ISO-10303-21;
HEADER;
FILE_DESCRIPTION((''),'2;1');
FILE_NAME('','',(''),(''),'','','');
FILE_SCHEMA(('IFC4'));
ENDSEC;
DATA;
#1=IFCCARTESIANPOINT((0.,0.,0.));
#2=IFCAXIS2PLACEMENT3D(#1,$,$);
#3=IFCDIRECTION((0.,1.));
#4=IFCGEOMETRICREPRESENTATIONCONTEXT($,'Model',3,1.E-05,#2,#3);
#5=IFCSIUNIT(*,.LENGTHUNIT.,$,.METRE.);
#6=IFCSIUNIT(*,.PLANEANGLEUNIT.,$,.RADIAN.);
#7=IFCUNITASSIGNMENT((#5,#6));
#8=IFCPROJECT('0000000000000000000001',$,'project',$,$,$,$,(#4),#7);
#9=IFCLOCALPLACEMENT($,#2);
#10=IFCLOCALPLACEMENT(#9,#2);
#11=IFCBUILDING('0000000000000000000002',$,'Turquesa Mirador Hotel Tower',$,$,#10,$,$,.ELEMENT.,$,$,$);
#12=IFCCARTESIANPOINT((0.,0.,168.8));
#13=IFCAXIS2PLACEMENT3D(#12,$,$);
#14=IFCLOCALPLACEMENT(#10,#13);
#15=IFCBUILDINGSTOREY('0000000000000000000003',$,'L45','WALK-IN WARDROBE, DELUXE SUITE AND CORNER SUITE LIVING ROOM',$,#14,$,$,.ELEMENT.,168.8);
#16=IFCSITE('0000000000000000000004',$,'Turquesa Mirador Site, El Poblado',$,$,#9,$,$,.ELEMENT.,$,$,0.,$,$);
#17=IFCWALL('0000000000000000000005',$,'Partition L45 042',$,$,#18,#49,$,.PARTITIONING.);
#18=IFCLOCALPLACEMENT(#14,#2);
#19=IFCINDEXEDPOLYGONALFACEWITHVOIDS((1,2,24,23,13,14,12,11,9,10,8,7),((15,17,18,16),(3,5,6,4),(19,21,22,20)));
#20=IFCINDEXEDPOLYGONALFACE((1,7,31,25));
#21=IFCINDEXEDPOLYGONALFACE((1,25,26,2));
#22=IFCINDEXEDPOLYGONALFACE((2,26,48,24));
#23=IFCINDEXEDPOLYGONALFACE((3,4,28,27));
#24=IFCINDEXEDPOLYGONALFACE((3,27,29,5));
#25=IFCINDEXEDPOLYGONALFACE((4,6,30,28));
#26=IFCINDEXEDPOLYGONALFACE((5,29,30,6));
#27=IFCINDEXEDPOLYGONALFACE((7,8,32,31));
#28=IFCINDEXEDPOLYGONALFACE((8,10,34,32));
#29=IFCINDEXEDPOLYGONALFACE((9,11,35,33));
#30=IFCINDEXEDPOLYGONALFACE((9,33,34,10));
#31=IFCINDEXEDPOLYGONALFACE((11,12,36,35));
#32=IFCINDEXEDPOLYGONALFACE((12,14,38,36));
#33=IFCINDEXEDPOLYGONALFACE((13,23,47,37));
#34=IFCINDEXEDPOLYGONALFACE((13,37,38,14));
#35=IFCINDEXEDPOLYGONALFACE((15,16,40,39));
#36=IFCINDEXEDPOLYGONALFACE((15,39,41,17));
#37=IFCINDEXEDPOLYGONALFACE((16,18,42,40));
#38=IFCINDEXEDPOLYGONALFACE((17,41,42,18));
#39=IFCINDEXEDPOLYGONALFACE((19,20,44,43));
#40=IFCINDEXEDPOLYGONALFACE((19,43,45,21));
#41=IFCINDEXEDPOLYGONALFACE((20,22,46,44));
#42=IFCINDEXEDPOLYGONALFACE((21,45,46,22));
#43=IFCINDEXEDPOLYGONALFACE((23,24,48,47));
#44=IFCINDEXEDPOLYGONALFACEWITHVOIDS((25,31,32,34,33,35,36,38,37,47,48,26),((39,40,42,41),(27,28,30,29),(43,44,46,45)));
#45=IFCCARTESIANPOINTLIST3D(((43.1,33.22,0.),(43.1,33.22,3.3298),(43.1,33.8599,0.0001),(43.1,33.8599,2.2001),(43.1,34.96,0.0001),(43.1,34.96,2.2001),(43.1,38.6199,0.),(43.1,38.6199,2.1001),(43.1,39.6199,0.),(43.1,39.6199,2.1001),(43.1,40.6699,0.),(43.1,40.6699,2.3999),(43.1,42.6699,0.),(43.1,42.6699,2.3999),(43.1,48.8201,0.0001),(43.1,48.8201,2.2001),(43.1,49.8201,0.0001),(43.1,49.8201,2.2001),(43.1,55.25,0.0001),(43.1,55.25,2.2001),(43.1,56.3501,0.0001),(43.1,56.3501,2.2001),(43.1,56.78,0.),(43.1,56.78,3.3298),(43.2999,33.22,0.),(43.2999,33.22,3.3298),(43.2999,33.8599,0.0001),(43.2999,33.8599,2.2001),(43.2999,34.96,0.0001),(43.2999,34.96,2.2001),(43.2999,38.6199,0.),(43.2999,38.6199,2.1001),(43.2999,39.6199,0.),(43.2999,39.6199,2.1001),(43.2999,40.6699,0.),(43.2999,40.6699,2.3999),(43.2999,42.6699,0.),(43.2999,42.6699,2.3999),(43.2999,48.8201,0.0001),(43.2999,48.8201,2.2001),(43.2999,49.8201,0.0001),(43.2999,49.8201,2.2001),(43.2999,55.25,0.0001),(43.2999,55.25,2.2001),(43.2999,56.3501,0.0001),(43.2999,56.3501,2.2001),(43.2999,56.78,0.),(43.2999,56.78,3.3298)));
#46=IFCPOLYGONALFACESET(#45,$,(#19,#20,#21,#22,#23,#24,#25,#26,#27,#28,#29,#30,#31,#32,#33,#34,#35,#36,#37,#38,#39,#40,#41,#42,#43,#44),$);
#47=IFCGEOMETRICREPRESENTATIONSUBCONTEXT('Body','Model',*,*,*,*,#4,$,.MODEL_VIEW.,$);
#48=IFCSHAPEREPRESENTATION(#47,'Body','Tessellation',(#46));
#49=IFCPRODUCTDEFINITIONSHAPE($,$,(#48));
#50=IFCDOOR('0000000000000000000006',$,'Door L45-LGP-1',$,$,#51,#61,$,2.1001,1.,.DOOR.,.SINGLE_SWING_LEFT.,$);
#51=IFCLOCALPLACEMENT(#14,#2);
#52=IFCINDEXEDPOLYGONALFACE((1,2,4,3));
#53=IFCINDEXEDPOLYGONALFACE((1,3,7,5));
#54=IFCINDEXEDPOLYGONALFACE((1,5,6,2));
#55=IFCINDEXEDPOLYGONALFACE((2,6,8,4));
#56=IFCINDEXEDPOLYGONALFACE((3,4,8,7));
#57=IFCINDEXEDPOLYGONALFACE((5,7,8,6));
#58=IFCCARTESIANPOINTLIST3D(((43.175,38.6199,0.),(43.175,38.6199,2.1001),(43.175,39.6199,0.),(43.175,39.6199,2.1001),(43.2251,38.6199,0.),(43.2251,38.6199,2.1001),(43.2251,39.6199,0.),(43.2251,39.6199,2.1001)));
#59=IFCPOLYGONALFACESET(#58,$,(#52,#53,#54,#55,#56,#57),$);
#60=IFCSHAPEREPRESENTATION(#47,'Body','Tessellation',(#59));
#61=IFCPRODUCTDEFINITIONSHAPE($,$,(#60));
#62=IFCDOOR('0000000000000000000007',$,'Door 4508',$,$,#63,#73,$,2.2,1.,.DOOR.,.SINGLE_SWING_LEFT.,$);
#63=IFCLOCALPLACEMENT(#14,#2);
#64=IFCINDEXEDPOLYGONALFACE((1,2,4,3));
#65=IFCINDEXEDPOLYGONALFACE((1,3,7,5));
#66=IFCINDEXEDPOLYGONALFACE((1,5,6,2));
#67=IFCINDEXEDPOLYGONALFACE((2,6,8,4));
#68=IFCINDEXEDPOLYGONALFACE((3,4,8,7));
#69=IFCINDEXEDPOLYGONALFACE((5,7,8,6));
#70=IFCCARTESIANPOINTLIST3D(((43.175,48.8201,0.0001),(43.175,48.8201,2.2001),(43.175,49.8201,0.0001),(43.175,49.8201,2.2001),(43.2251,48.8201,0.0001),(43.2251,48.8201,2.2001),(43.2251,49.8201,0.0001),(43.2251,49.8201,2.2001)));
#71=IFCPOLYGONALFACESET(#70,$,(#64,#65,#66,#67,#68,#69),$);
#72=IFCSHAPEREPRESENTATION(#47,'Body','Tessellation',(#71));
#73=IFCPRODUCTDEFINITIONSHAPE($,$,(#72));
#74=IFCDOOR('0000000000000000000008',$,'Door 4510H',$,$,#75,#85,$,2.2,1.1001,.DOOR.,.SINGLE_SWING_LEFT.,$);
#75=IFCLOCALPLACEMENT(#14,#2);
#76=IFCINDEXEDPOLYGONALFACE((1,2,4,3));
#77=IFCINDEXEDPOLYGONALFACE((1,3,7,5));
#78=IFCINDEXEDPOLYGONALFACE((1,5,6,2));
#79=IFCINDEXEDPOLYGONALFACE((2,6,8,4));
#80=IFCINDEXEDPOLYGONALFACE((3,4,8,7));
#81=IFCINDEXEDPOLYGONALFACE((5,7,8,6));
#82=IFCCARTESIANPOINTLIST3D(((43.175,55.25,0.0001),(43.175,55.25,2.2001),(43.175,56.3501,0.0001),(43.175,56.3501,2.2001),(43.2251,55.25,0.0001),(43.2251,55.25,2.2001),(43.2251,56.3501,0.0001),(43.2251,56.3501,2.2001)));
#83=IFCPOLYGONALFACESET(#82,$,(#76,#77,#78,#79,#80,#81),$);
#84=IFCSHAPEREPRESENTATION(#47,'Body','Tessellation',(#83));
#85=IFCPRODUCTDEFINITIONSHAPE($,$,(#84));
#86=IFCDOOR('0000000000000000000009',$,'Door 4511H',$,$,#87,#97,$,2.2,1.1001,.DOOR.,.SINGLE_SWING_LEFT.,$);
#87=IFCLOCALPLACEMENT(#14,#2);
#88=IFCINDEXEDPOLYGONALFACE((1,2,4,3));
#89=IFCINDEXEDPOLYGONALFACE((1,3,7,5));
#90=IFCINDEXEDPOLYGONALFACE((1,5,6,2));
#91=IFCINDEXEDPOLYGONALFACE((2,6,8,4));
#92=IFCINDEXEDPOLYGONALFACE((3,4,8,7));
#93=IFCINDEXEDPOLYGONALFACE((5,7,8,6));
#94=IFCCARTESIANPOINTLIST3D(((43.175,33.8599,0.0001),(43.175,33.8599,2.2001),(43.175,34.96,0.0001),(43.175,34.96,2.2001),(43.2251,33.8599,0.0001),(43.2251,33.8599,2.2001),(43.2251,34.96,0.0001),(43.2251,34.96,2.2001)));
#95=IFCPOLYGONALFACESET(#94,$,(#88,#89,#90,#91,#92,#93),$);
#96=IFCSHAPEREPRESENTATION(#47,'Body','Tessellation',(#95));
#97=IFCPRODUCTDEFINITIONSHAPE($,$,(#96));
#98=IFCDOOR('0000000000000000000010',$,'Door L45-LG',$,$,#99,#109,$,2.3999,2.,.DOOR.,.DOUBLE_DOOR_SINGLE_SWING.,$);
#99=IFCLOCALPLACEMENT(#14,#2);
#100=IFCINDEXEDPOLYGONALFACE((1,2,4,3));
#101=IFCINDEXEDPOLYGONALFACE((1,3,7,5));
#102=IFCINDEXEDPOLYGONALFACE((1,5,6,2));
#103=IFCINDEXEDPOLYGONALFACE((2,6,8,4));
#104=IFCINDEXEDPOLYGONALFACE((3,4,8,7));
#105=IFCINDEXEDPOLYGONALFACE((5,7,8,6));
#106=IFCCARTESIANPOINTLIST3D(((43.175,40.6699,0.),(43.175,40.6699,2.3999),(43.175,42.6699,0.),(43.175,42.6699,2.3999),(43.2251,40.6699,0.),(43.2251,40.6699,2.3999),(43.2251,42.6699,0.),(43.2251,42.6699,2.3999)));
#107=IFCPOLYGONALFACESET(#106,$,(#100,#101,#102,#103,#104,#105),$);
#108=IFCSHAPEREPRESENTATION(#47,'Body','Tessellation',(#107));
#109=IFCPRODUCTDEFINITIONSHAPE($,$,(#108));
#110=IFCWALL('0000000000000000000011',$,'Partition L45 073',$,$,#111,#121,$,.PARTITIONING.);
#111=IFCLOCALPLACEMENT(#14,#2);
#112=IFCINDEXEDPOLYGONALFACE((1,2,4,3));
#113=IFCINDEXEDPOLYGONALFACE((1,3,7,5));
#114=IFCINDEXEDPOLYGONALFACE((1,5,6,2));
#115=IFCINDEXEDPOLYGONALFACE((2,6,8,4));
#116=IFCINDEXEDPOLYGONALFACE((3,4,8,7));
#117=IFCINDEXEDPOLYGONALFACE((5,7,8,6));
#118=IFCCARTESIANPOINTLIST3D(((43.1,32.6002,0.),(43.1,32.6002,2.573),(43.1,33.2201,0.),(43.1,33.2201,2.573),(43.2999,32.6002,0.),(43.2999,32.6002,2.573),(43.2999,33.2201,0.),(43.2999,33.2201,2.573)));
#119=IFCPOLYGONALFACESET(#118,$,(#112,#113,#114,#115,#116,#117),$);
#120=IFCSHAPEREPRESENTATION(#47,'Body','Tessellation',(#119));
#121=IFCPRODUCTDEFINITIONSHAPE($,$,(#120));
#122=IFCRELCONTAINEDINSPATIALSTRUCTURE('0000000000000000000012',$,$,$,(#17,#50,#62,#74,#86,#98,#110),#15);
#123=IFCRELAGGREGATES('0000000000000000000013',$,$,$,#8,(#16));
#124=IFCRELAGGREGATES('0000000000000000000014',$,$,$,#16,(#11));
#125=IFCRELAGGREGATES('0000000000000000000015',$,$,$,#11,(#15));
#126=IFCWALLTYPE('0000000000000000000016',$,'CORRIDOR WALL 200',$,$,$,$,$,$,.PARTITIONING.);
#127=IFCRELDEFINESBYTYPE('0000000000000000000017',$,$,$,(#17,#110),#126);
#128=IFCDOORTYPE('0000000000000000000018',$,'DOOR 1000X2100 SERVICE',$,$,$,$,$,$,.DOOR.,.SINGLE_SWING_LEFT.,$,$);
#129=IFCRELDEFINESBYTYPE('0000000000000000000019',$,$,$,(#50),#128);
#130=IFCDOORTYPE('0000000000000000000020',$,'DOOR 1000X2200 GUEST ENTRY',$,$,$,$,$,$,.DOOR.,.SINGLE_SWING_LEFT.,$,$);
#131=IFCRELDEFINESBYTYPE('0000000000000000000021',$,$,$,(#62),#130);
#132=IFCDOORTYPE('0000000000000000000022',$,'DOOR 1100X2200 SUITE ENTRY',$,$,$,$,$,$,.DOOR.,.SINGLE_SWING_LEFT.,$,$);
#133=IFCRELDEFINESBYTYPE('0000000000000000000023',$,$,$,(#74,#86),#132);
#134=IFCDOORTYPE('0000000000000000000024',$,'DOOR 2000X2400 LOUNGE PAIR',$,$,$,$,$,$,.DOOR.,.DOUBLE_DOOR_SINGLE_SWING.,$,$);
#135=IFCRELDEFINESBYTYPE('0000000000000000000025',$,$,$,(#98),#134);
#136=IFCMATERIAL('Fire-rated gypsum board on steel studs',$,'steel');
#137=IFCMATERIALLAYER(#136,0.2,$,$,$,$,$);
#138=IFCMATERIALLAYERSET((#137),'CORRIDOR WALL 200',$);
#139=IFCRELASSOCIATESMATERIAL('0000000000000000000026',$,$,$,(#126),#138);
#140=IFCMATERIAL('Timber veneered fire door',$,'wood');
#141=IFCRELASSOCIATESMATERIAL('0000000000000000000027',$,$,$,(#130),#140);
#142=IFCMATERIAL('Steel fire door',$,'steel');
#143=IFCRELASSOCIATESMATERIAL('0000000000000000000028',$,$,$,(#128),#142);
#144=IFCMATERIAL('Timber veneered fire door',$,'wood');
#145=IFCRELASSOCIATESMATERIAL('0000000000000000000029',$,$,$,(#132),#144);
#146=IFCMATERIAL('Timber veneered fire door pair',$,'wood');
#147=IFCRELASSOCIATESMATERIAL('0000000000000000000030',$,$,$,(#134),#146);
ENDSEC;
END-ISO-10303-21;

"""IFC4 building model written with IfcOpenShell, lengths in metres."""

from ifc_helpers import new_model, si_unit, direction, frame, frame_2d, origin, place, context, subcontext, project, spatial, rectangle, extrude, material, layer, layer_set, type_object, element, fill, save


model = new_model("IFC4")

# Units and contexts
model_context = context("Model", 3, precision=1e-05, world=origin(), true_north=direction((0.0, 1.0)))
body_context = subcontext(model_context, "Body", "Model", "MODEL_VIEW")
ifc_project = project(units=[si_unit("LENGTHUNIT", "METRE"), si_unit("PLANEANGLEUNIT", "RADIAN")], contexts=[model_context])

# Site, building, storey
site_placement = place(None, origin())
site = spatial("IfcSite", under=ifc_project, at=site_placement, Name="Turquesa Mirador Site, El Poblado", CompositionType="ELEMENT", RefElevation=0.0)
building_placement = place(site_placement, origin())
building = spatial("IfcBuilding", under=site, at=building_placement, Name="Turquesa Mirador Hotel Tower", CompositionType="ELEMENT")
storey_placement = place(building_placement, frame((0.0, 0.0, 168.8)))
storey = spatial("IfcBuildingStorey", under=building, at=storey_placement, Name="L45", Description="WALK-IN WARDROBE, DELUXE SUITE AND CORNER SUITE LIVING ROOM", CompositionType="ELEMENT", Elevation=168.8)

# Wall, openings, doors
ifc_material_1 = material(Name="Fire-rated gypsum board on steel studs", Category="steel")
ifc_layer_1 = layer(ifc_material_1, 0.2)
ifc_layer_set_1 = layer_set([ifc_layer_1], Name="CORRIDOR WALL 200")
wall_type_1 = type_object("IfcWallType", Name="CORRIDOR WALL 200", PredefinedType="PARTITIONING", material=ifc_layer_set_1)
ifc_material_2 = material(Name="Timber veneered fire door", Category="wood")
door_type_1 = type_object("IfcDoorType", Name="DOOR 1000X2200 GUEST ENTRY", OperationType="SINGLE_SWING_LEFT", PredefinedType="DOOR", material=ifc_material_2)
wall_1_placement = place(storey_placement, frame((43.2, 33.22, 0.0), z_axis=(0.0, 0.0, 1.0), x_axis=(0.0, 1.0, 0.0)))
wall_1 = element("IfcWall", 1, at=wall_1_placement, inside=storey, type_object=wall_type_1, Name="Partition L45 042", PredefinedType="PARTITIONING", context=body_context, shape_type="SweptSolid", body=[
    extrude(rectangle(XDim=23.5601, YDim=0.2, at=frame_2d((11.78, 0.0))), origin(), (0.0, 0.0, 1.0), 3.3298),
])
opening_1_placement = place(wall_1_placement, frame((15.6001, 0.0, 0.0)))
opening_1 = element("IfcOpeningElement", 2, at=opening_1_placement, cuts=wall_1, PredefinedType="OPENING", context=body_context, shape_type="SweptSolid", body=[
    extrude(rectangle(XDim=1.0, YDim=2.2, at=frame_2d((0.5, 1.1001))), frame((0.0, 0.1099, 0.0), z_axis=(0.0, -1.0, 0.0), x_axis=(1.0, 0.0, 0.0)), (0.0, 0.0, 1.0), 0.22),
])
opening_2_placement = place(wall_1_placement, frame((22.03, 0.0, 0.0)))
opening_2 = element("IfcOpeningElement", 3, at=opening_2_placement, cuts=wall_1, PredefinedType="OPENING", context=body_context, shape_type="SweptSolid", body=[
    extrude(rectangle(XDim=1.1001, YDim=2.2, at=frame_2d((0.55, 1.1001))), frame((0.0, 0.1099, 0.0), z_axis=(0.0, -1.0, 0.0), x_axis=(1.0, 0.0, 0.0)), (0.0, 0.0, 1.0), 0.22),
])
opening_3_placement = place(wall_1_placement, frame((0.6399, 0.0, 0.0)))
opening_3 = element("IfcOpeningElement", 4, at=opening_3_placement, cuts=wall_1, PredefinedType="OPENING", context=body_context, shape_type="SweptSolid", body=[
    extrude(rectangle(XDim=1.1001, YDim=2.2, at=frame_2d((0.55, 1.1001))), frame((0.0, 0.1099, 0.0), z_axis=(0.0, -1.0, 0.0), x_axis=(1.0, 0.0, 0.0)), (0.0, 0.0, 1.0), 0.22),
])
opening_4_placement = place(wall_1_placement, frame((7.45, 0.0, 0.0)))
opening_4 = element("IfcOpeningElement", 5, at=opening_4_placement, cuts=wall_1, PredefinedType="OPENING", context=body_context, shape_type="SweptSolid", body=[
    extrude(rectangle(XDim=2.0, YDim=2.3999, at=frame_2d((1.0, 1.2))), frame((0.0, 0.1099, 0.0), z_axis=(0.0, -1.0, 0.0), x_axis=(1.0, 0.0, 0.0)), (0.0, 0.0, 1.0), 0.22),
])
opening_5_placement = place(wall_1_placement, frame((5.3999, 0.0, 0.0)))
opening_5 = element("IfcOpeningElement", 6, at=opening_5_placement, cuts=wall_1, PredefinedType="OPENING", context=body_context, shape_type="SweptSolid", body=[
    extrude(rectangle(XDim=1.0, YDim=2.1001, at=frame_2d((0.5, 1.05))), frame((0.0, 0.1099, 0.0), z_axis=(0.0, -1.0, 0.0), x_axis=(1.0, 0.0, 0.0)), (0.0, 0.0, 1.0), 0.22),
])
ifc_material_3 = material(Name="Steel fire door", Category="steel")
door_type_2 = type_object("IfcDoorType", Name="DOOR 1000X2100 SERVICE", OperationType="SINGLE_SWING_LEFT", PredefinedType="DOOR", material=ifc_material_3)
door_1_placement = place(opening_5_placement, origin())
door_1 = element("IfcDoor", 7, at=door_1_placement, inside=storey, type_object=door_type_2, Name="Door L45-LGP-1", OperationType="SINGLE_SWING_LEFT", OverallHeight=2.1001, OverallWidth=1.0, PredefinedType="DOOR", context=body_context, shape_type="SweptSolid", body=[
    extrude(rectangle(XDim=1.0, YDim=2.1001, at=frame_2d((0.5, 1.05))), frame((0.0, 0.0249, 0.0), z_axis=(0.0, -1.0, 0.0), x_axis=(1.0, 0.0, 0.0)), (0.0, 0.0, 1.0), 0.05),
])
fill(opening_5, door_1)
door_2_placement = place(opening_1_placement, origin())
door_2 = element("IfcDoor", 8, at=door_2_placement, inside=storey, type_object=door_type_1, Name="Door 4508", OperationType="SINGLE_SWING_LEFT", OverallHeight=2.2, OverallWidth=1.0, PredefinedType="DOOR", context=body_context, shape_type="SweptSolid", body=[
    extrude(rectangle(XDim=1.0, YDim=2.2, at=frame_2d((0.5, 1.1001))), frame((0.0, 0.0249, 0.0), z_axis=(0.0, -1.0, 0.0), x_axis=(1.0, 0.0, 0.0)), (0.0, 0.0, 1.0), 0.05),
])
fill(opening_1, door_2)
ifc_material_4 = material(Name="Timber veneered fire door", Category="wood")
door_type_3 = type_object("IfcDoorType", Name="DOOR 1100X2200 SUITE ENTRY", OperationType="SINGLE_SWING_LEFT", PredefinedType="DOOR", material=ifc_material_4)
door_3_placement = place(opening_2_placement, origin())
door_3 = element("IfcDoor", 9, at=door_3_placement, inside=storey, type_object=door_type_3, Name="Door 4510H", OperationType="SINGLE_SWING_LEFT", OverallHeight=2.2, OverallWidth=1.1001, PredefinedType="DOOR", context=body_context, shape_type="SweptSolid", body=[
    extrude(rectangle(XDim=1.1001, YDim=2.2, at=frame_2d((0.55, 1.1001))), frame((0.0, 0.0249, 0.0), z_axis=(0.0, -1.0, 0.0), x_axis=(1.0, 0.0, 0.0)), (0.0, 0.0, 1.0), 0.05),
])
fill(opening_2, door_3)
door_4_placement = place(opening_3_placement, origin())
door_4 = element("IfcDoor", 10, at=door_4_placement, inside=storey, type_object=door_type_3, Name="Door 4511H", OperationType="SINGLE_SWING_LEFT", OverallHeight=2.2, OverallWidth=1.1001, PredefinedType="DOOR", context=body_context, shape_type="SweptSolid", body=[
    extrude(rectangle(XDim=1.1001, YDim=2.2, at=frame_2d((0.55, 1.1001))), frame((0.0, 0.0249, 0.0), z_axis=(0.0, -1.0, 0.0), x_axis=(1.0, 0.0, 0.0)), (0.0, 0.0, 1.0), 0.05),
])
fill(opening_3, door_4)
ifc_material_5 = material(Name="Timber veneered fire door pair", Category="wood")
door_type_4 = type_object("IfcDoorType", Name="DOOR 2000X2400 LOUNGE PAIR", OperationType="DOUBLE_DOOR_SINGLE_SWING", PredefinedType="DOOR", material=ifc_material_5)
door_5_placement = place(opening_4_placement, origin())
door_5 = element("IfcDoor", 11, at=door_5_placement, inside=storey, type_object=door_type_4, Name="Door L45-LG", OperationType="DOUBLE_DOOR_SINGLE_SWING", OverallHeight=2.3999, OverallWidth=2.0, PredefinedType="DOOR", context=body_context, shape_type="SweptSolid", body=[
    extrude(rectangle(XDim=2.0, YDim=2.3999, at=frame_2d((1.0, 1.2))), frame((0.0, 0.0249, 0.0), z_axis=(0.0, -1.0, 0.0), x_axis=(1.0, 0.0, 0.0)), (0.0, 0.0, 1.0), 0.05),
])
fill(opening_4, door_5)

# Wall
wall_2_placement = place(storey_placement, frame((43.2, 32.6001, 0.0), z_axis=(0.0, 0.0, 1.0), x_axis=(0.0, 1.0, 0.0)))
element("IfcWall", 12, at=wall_2_placement, inside=storey, type_object=wall_type_1, Name="Partition L45 073", PredefinedType="PARTITIONING", context=body_context, shape_type="SweptSolid", body=[
    extrude(rectangle(XDim=0.6199, YDim=0.2, at=frame_2d((0.3101, 0.0))), origin(), (0.0, 0.0, 1.0), 2.573),
])

save(model, "model.ifc")
